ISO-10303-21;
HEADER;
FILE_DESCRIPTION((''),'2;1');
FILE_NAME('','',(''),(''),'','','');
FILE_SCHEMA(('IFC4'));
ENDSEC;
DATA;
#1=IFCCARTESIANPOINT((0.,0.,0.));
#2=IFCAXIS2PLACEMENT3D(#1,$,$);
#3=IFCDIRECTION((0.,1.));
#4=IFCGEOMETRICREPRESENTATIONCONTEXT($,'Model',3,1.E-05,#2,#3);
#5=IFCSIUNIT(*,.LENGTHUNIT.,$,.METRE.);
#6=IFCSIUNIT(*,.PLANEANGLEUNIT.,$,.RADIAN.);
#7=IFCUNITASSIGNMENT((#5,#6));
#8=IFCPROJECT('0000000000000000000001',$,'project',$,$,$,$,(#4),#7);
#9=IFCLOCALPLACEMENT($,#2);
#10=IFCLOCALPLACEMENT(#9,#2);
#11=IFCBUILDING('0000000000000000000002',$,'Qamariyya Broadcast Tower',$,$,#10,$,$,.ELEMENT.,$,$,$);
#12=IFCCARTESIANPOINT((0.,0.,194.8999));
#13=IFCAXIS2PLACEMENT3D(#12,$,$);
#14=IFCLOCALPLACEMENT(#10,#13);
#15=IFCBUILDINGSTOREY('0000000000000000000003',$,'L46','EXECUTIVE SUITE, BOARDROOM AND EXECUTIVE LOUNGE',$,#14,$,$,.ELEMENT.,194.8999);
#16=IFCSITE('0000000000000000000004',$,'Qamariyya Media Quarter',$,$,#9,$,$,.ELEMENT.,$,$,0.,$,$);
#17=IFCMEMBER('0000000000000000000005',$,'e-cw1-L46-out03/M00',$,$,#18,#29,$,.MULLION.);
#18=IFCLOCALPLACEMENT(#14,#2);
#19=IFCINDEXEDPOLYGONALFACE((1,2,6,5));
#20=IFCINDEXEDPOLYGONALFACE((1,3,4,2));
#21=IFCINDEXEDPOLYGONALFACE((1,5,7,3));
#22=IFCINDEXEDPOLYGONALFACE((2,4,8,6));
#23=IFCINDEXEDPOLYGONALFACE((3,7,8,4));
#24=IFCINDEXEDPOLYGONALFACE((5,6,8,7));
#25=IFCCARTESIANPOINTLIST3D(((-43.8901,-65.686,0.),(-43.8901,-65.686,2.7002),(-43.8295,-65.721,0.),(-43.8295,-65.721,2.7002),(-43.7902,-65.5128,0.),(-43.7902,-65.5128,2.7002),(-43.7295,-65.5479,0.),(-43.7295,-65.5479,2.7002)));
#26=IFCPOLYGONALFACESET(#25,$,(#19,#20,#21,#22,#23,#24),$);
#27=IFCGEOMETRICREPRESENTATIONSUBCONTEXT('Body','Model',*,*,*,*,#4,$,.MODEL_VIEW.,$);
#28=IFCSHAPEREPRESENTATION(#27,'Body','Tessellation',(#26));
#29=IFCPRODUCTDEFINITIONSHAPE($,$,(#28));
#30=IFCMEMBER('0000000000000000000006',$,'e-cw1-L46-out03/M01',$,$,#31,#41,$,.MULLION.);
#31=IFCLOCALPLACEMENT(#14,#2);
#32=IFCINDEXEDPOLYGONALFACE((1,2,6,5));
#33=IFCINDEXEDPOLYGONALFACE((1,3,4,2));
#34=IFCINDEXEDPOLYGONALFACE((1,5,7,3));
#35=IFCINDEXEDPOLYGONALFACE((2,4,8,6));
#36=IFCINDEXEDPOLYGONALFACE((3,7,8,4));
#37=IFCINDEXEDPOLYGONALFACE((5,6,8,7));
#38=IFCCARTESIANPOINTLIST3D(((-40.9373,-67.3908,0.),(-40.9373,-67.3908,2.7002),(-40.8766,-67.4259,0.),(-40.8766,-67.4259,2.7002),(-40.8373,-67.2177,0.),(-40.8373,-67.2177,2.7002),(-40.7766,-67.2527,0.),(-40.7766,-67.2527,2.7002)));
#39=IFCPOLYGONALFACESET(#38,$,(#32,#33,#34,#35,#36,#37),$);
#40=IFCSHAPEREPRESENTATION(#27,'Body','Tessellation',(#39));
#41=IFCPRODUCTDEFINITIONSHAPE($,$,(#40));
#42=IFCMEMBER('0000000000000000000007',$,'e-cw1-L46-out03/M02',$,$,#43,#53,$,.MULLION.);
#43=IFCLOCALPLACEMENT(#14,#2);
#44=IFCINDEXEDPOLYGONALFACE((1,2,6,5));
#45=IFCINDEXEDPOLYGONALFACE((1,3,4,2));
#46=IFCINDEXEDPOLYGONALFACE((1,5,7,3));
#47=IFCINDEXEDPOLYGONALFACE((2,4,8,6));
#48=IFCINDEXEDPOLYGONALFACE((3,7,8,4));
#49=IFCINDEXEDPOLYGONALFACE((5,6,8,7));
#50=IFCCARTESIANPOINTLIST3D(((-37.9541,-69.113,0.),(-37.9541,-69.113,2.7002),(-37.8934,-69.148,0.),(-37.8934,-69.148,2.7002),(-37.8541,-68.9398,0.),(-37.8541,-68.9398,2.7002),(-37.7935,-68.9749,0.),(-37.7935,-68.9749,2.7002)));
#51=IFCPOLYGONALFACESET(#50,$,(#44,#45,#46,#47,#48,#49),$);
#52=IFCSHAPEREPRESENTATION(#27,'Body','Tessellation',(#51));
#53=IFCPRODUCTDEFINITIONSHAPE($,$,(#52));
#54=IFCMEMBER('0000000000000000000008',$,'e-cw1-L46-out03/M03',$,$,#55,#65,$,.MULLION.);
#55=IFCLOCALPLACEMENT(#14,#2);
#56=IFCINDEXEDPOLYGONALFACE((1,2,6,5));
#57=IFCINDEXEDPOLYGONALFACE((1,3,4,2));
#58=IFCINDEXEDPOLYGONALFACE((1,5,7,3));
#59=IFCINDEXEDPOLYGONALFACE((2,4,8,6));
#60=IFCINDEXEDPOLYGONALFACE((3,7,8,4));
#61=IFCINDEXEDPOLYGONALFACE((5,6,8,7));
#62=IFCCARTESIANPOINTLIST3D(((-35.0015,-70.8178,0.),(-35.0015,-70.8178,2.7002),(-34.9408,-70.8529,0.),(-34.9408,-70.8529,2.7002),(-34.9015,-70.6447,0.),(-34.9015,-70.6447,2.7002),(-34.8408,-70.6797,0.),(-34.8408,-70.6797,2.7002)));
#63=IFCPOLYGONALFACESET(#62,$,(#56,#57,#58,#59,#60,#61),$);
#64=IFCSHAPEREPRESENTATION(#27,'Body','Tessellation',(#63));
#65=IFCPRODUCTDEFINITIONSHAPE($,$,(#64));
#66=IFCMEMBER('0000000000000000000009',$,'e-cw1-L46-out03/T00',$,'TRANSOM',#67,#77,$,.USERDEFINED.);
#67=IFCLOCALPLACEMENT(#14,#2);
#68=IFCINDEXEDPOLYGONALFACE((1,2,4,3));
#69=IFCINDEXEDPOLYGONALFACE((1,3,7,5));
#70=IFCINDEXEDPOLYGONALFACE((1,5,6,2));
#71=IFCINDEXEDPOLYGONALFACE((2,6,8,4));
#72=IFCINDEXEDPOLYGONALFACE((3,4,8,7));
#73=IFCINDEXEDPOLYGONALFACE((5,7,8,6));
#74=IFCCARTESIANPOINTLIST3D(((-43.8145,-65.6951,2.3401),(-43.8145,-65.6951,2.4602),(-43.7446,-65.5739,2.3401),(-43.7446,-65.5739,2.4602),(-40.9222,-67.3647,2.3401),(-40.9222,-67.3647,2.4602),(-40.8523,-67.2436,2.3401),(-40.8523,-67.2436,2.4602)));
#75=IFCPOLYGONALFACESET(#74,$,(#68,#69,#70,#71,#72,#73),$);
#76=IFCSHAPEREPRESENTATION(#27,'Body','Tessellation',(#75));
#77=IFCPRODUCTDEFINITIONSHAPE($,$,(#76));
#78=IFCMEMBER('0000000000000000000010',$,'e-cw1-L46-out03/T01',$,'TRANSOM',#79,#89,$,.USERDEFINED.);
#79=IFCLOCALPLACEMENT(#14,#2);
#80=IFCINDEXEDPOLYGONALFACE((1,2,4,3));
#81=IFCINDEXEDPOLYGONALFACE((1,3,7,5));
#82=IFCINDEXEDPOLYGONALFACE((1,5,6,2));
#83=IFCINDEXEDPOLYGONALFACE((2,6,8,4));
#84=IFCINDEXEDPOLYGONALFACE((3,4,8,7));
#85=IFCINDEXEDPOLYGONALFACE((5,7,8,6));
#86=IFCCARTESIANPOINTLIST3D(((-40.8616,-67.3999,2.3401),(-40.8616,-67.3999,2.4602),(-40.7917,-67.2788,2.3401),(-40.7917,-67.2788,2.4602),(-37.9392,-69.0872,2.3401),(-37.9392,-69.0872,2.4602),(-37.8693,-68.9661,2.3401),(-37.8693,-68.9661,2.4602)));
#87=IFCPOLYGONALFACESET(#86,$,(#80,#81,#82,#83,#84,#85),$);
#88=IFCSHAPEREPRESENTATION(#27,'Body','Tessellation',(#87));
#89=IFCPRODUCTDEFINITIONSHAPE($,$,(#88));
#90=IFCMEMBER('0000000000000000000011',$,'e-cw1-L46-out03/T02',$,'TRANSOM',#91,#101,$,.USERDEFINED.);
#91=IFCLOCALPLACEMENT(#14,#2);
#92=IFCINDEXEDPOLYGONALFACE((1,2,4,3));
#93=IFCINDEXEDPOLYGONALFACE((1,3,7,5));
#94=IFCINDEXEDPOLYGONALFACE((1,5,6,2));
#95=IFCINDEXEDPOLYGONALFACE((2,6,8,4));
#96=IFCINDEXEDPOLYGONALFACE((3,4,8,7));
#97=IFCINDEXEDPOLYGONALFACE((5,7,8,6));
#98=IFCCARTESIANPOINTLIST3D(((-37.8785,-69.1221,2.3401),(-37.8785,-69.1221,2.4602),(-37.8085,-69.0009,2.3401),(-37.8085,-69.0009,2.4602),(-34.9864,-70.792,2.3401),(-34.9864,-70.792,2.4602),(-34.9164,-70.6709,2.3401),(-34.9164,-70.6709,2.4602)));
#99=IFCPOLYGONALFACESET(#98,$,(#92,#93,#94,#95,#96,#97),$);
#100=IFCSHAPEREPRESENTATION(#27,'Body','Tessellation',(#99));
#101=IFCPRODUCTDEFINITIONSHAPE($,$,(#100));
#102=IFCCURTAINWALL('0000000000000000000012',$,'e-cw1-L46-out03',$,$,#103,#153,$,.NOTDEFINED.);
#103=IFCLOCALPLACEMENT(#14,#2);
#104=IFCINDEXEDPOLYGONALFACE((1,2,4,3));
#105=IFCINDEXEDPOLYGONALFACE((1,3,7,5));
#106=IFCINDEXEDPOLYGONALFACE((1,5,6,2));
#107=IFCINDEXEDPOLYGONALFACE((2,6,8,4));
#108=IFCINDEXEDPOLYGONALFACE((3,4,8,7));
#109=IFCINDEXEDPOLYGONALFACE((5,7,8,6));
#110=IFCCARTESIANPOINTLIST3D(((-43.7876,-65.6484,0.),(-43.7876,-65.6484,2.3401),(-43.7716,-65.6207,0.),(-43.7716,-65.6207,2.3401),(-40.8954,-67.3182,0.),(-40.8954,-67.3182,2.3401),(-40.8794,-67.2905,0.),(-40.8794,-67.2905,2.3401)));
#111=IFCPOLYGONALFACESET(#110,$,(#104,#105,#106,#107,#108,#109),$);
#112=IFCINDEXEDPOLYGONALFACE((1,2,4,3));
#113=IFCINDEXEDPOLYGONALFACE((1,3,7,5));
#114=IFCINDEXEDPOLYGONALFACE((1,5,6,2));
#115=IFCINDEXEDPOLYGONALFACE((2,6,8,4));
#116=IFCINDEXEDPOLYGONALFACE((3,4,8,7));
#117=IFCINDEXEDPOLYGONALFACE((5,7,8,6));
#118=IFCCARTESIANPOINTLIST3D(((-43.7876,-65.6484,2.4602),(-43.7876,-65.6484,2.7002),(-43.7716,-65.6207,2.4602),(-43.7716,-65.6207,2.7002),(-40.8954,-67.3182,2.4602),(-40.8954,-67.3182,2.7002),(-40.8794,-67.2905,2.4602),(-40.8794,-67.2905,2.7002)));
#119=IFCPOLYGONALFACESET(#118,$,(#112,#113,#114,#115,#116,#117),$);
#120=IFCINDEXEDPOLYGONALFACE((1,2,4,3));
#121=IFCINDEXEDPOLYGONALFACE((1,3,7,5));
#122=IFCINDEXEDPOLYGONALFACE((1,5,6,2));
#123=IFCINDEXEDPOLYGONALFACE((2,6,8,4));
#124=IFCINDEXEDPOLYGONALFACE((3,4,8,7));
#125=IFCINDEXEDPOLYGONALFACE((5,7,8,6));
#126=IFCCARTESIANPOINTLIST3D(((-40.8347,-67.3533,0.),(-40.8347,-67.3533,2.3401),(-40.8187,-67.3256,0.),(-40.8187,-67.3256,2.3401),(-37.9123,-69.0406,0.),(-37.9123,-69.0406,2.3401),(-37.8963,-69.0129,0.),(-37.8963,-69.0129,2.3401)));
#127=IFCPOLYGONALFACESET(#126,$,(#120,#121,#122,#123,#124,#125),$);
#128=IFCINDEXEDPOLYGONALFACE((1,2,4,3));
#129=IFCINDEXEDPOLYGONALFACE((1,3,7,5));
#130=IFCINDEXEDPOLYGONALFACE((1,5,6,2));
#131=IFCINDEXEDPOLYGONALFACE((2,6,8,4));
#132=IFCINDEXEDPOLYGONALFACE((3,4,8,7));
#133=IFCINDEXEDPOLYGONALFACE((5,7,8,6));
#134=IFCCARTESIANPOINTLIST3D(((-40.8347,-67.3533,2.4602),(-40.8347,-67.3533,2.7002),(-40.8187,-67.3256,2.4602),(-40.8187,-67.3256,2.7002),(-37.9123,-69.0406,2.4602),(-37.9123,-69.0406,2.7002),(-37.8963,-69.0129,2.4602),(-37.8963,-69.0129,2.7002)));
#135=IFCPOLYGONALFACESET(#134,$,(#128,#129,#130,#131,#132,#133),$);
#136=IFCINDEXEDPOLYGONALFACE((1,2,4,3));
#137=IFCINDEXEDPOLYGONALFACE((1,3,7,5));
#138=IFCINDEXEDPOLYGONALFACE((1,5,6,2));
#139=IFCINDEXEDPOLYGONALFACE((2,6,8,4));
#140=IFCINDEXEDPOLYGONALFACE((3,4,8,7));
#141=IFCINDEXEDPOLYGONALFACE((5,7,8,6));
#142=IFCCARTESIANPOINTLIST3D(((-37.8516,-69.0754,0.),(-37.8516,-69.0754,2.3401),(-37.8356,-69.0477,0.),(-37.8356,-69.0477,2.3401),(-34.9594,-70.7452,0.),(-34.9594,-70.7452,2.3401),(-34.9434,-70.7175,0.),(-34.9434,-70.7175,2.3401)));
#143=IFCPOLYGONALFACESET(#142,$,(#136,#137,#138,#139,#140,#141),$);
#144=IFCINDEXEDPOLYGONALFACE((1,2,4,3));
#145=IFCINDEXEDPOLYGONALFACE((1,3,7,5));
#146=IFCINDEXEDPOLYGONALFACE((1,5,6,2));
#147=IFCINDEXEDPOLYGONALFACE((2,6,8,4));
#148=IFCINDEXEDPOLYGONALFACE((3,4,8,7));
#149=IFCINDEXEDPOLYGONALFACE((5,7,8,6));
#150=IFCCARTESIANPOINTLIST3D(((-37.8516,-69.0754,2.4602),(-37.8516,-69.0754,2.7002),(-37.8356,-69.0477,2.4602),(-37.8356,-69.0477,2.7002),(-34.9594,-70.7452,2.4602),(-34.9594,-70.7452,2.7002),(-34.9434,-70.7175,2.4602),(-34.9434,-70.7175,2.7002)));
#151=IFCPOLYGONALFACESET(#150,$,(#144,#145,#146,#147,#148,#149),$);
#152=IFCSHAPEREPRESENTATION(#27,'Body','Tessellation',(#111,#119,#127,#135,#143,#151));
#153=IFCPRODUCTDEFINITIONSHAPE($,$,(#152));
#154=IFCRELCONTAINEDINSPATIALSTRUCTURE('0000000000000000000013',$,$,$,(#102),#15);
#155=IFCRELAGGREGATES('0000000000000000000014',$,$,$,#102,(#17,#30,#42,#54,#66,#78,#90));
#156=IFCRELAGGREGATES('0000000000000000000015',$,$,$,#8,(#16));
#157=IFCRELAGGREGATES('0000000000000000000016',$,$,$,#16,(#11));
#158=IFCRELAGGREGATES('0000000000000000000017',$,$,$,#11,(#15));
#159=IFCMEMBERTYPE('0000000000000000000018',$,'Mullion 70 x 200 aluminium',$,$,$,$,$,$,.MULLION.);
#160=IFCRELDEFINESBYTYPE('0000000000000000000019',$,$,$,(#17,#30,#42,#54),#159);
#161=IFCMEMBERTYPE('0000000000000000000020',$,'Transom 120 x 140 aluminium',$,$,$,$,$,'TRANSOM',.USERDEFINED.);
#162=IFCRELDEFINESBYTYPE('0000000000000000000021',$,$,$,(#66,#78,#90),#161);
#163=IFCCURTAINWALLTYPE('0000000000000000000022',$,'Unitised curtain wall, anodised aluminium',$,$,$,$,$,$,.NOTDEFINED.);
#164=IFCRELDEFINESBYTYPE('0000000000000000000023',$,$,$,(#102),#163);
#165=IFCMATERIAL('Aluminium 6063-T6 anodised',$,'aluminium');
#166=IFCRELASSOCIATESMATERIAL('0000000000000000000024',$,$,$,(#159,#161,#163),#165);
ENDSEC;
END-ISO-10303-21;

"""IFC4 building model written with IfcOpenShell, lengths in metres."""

from ifc_helpers import new_model, si_unit, direction, frame, origin, origin_2d, place, context, subcontext, project, spatial, rectangle, extrude, material, material_profile, profile_set, type_object, element, aggregate, save


model = new_model("IFC4")

# Units and contexts
model_context = context("Model", 3, precision=1e-05, world=origin(), true_north=direction((0.0, 1.0)))
body_context = subcontext(model_context, "Body", "Model", "MODEL_VIEW")
ifc_project = project(units=[si_unit("LENGTHUNIT", "METRE"), si_unit("PLANEANGLEUNIT", "RADIAN")], contexts=[model_context])

# Members
ifc_material = material(Name="Aluminium 6063-T6 anodised", Category="aluminium")
ifc_material_profile_1 = material_profile(ifc_material, rectangle(XDim=0.2, YDim=0.0701, at=origin_2d()))
ifc_profile_set_1 = profile_set([ifc_material_profile_1], Name="Aluminium 6063-T6 anodised")
member_type_1 = type_object("IfcMemberType", Name="Mullion 70 x 200 aluminium", PredefinedType="MULLION", material=ifc_profile_set_1)
site_placement = place(None, origin())
building_placement = place(site_placement, origin())
storey_placement = place(building_placement, frame((0.0, 0.0, 194.8999)))
member_1_placement = place(storey_placement, frame((-43.8098, -65.6169, 0.0), z_axis=(0.0, 0.0, 1.0), x_axis=(0.5, 0.866025, 0.0)))
member_1 = element("IfcMember", 1, at=member_1_placement, type_object=member_type_1, Name="e-cw1-L46-out03/M00", PredefinedType="MULLION", context=body_context, shape_type="SweptSolid", body=[
    extrude(rectangle(XDim=0.2, YDim=0.0701, at=origin_2d()), origin(), (0.0, 0.0, 1.0), 2.7002),
])
member_2_placement = place(storey_placement, frame((-40.8569, -67.3218, 0.0), z_axis=(0.0, 0.0, 1.0), x_axis=(0.5, 0.866025, 0.0)))
member_2 = element("IfcMember", 2, at=member_2_placement, type_object=member_type_1, Name="e-cw1-L46-out03/M01", PredefinedType="MULLION", context=body_context, shape_type="SweptSolid", body=[
    extrude(rectangle(XDim=0.2, YDim=0.0701, at=origin_2d()), origin(), (0.0, 0.0, 1.0), 2.7002),
])
member_3_placement = place(storey_placement, frame((-37.8738, -69.0439, 0.0), z_axis=(0.0, 0.0, 1.0), x_axis=(0.5, 0.866025, 0.0)))
member_3 = element("IfcMember", 3, at=member_3_placement, type_object=member_type_1, Name="e-cw1-L46-out03/M02", PredefinedType="MULLION", context=body_context, shape_type="SweptSolid", body=[
    extrude(rectangle(XDim=0.2, YDim=0.0701, at=origin_2d()), origin(), (0.0, 0.0, 1.0), 2.7002),
])
member_4_placement = place(storey_placement, frame((-34.9211, -70.7488, 0.0), z_axis=(0.0, 0.0, 1.0), x_axis=(0.5, 0.866025, 0.0)))
member_4 = element("IfcMember", 4, at=member_4_placement, type_object=member_type_1, Name="e-cw1-L46-out03/M03", PredefinedType="MULLION", context=body_context, shape_type="SweptSolid", body=[
    extrude(rectangle(XDim=0.2, YDim=0.0701, at=origin_2d()), origin(), (0.0, 0.0, 1.0), 2.7002),
])
ifc_material_profile_2 = material_profile(ifc_material, rectangle(XDim=0.1399, YDim=0.1201, at=origin_2d()))
ifc_profile_set_2 = profile_set([ifc_material_profile_2], Name="Aluminium 6063-T6 anodised")
member_type_2 = type_object("IfcMemberType", Name="Transom 120 x 140 aluminium", ElementType="TRANSOM", PredefinedType="USERDEFINED", material=ifc_profile_set_2)
member_5_placement = place(storey_placement, frame((-43.7795, -65.6345, 2.4001), z_axis=(0.866053, -0.499952, 0.0), x_axis=(0.499952, 0.866053, 0.0)))
member_5 = element("IfcMember", 5, at=member_5_placement, type_object=member_type_2, Name="e-cw1-L46-out03/T00", ObjectType="TRANSOM", PredefinedType="USERDEFINED", context=body_context, shape_type="SweptSolid", body=[
    extrude(rectangle(XDim=0.1399, YDim=0.1201, at=origin_2d()), origin(), (0.0, 0.0, 1.0), 3.3396),
])
member_6_placement = place(storey_placement, frame((-40.8267, -67.3394, 2.4001), z_axis=(0.866022, -0.500006, 0.0), x_axis=(0.500006, 0.866022, 0.0)))
member_6 = element("IfcMember", 6, at=member_6_placement, type_object=member_type_2, Name="e-cw1-L46-out03/T01", ObjectType="TRANSOM", PredefinedType="USERDEFINED", context=body_context, shape_type="SweptSolid", body=[
    extrude(rectangle(XDim=0.1399, YDim=0.1201, at=origin_2d()), origin(), (0.0, 0.0, 1.0), 3.3745),
])
member_7_placement = place(storey_placement, frame((-37.8435, -69.0615, 2.4001), z_axis=(0.866003, -0.500039, 0.0), x_axis=(0.500039, 0.866003, 0.0)))
member_7 = element("IfcMember", 7, at=member_7_placement, type_object=member_type_2, Name="e-cw1-L46-out03/T02", ObjectType="TRANSOM", PredefinedType="USERDEFINED", context=body_context, shape_type="SweptSolid", body=[
    extrude(rectangle(XDim=0.1399, YDim=0.1201, at=origin_2d()), origin(), (0.0, 0.0, 1.0), 3.3396),
])

# Site, building, storey
site = spatial("IfcSite", under=ifc_project, at=site_placement, Name="Qamariyya Media Quarter", CompositionType="ELEMENT", RefElevation=0.0)
building = spatial("IfcBuilding", under=site, at=building_placement, Name="Qamariyya Broadcast Tower", CompositionType="ELEMENT")
storey = spatial("IfcBuildingStorey", under=building, at=storey_placement, Name="L46", Description="EXECUTIVE SUITE, BOARDROOM AND EXECUTIVE LOUNGE", CompositionType="ELEMENT", Elevation=194.8999)

# Curtain wall
curtain_wall_type = type_object("IfcCurtainWallType", Name="Unitised curtain wall, anodised aluminium", PredefinedType="NOTDEFINED", material=ifc_material)
curtain_wall_1_placement = place(storey_placement, origin())
curtain_wall_1 = element("IfcCurtainWall", 8, at=curtain_wall_1_placement, inside=storey, type_object=curtain_wall_type, Name="e-cw1-L46-out03", PredefinedType="NOTDEFINED", context=body_context, shape_type="SweptSolid", body=[
    extrude(rectangle(XDim=3.3396, YDim=0.032, at=origin_2d()), frame((-42.3335, -66.4695, 0.0), x_axis=(0.866029, -0.499994, 0.0)), (0.0, 0.0, 1.0), 2.3401),
    extrude(rectangle(XDim=3.3396, YDim=0.032, at=origin_2d()), frame((-42.3335, -66.4695, 2.4602), x_axis=(0.866029, -0.499994, 0.0)), (0.0, 0.0, 1.0), 0.24),
    extrude(rectangle(XDim=3.3745, YDim=0.032, at=origin_2d()), frame((-39.3655, -68.1831, 0.0), x_axis=(0.866029, -0.499994, 0.0)), (0.0, 0.0, 1.0), 2.3401),
    extrude(rectangle(XDim=3.3745, YDim=0.032, at=origin_2d()), frame((-39.3655, -68.1831, 2.4602), x_axis=(0.866029, -0.499994, 0.0)), (0.0, 0.0, 1.0), 0.24),
    extrude(rectangle(XDim=3.3396, YDim=0.032, at=origin_2d()), frame((-36.3975, -69.8965, 0.0), x_axis=(0.866029, -0.499994, 0.0)), (0.0, 0.0, 1.0), 2.3401),
    extrude(rectangle(XDim=3.3396, YDim=0.032, at=origin_2d()), frame((-36.3975, -69.8965, 2.4602), x_axis=(0.866029, -0.499994, 0.0)), (0.0, 0.0, 1.0), 0.24),
])
aggregate(curtain_wall_1, [member_1, member_2, member_3, member_4, member_5, member_6, member_7])

save(model, "model.ifc")
